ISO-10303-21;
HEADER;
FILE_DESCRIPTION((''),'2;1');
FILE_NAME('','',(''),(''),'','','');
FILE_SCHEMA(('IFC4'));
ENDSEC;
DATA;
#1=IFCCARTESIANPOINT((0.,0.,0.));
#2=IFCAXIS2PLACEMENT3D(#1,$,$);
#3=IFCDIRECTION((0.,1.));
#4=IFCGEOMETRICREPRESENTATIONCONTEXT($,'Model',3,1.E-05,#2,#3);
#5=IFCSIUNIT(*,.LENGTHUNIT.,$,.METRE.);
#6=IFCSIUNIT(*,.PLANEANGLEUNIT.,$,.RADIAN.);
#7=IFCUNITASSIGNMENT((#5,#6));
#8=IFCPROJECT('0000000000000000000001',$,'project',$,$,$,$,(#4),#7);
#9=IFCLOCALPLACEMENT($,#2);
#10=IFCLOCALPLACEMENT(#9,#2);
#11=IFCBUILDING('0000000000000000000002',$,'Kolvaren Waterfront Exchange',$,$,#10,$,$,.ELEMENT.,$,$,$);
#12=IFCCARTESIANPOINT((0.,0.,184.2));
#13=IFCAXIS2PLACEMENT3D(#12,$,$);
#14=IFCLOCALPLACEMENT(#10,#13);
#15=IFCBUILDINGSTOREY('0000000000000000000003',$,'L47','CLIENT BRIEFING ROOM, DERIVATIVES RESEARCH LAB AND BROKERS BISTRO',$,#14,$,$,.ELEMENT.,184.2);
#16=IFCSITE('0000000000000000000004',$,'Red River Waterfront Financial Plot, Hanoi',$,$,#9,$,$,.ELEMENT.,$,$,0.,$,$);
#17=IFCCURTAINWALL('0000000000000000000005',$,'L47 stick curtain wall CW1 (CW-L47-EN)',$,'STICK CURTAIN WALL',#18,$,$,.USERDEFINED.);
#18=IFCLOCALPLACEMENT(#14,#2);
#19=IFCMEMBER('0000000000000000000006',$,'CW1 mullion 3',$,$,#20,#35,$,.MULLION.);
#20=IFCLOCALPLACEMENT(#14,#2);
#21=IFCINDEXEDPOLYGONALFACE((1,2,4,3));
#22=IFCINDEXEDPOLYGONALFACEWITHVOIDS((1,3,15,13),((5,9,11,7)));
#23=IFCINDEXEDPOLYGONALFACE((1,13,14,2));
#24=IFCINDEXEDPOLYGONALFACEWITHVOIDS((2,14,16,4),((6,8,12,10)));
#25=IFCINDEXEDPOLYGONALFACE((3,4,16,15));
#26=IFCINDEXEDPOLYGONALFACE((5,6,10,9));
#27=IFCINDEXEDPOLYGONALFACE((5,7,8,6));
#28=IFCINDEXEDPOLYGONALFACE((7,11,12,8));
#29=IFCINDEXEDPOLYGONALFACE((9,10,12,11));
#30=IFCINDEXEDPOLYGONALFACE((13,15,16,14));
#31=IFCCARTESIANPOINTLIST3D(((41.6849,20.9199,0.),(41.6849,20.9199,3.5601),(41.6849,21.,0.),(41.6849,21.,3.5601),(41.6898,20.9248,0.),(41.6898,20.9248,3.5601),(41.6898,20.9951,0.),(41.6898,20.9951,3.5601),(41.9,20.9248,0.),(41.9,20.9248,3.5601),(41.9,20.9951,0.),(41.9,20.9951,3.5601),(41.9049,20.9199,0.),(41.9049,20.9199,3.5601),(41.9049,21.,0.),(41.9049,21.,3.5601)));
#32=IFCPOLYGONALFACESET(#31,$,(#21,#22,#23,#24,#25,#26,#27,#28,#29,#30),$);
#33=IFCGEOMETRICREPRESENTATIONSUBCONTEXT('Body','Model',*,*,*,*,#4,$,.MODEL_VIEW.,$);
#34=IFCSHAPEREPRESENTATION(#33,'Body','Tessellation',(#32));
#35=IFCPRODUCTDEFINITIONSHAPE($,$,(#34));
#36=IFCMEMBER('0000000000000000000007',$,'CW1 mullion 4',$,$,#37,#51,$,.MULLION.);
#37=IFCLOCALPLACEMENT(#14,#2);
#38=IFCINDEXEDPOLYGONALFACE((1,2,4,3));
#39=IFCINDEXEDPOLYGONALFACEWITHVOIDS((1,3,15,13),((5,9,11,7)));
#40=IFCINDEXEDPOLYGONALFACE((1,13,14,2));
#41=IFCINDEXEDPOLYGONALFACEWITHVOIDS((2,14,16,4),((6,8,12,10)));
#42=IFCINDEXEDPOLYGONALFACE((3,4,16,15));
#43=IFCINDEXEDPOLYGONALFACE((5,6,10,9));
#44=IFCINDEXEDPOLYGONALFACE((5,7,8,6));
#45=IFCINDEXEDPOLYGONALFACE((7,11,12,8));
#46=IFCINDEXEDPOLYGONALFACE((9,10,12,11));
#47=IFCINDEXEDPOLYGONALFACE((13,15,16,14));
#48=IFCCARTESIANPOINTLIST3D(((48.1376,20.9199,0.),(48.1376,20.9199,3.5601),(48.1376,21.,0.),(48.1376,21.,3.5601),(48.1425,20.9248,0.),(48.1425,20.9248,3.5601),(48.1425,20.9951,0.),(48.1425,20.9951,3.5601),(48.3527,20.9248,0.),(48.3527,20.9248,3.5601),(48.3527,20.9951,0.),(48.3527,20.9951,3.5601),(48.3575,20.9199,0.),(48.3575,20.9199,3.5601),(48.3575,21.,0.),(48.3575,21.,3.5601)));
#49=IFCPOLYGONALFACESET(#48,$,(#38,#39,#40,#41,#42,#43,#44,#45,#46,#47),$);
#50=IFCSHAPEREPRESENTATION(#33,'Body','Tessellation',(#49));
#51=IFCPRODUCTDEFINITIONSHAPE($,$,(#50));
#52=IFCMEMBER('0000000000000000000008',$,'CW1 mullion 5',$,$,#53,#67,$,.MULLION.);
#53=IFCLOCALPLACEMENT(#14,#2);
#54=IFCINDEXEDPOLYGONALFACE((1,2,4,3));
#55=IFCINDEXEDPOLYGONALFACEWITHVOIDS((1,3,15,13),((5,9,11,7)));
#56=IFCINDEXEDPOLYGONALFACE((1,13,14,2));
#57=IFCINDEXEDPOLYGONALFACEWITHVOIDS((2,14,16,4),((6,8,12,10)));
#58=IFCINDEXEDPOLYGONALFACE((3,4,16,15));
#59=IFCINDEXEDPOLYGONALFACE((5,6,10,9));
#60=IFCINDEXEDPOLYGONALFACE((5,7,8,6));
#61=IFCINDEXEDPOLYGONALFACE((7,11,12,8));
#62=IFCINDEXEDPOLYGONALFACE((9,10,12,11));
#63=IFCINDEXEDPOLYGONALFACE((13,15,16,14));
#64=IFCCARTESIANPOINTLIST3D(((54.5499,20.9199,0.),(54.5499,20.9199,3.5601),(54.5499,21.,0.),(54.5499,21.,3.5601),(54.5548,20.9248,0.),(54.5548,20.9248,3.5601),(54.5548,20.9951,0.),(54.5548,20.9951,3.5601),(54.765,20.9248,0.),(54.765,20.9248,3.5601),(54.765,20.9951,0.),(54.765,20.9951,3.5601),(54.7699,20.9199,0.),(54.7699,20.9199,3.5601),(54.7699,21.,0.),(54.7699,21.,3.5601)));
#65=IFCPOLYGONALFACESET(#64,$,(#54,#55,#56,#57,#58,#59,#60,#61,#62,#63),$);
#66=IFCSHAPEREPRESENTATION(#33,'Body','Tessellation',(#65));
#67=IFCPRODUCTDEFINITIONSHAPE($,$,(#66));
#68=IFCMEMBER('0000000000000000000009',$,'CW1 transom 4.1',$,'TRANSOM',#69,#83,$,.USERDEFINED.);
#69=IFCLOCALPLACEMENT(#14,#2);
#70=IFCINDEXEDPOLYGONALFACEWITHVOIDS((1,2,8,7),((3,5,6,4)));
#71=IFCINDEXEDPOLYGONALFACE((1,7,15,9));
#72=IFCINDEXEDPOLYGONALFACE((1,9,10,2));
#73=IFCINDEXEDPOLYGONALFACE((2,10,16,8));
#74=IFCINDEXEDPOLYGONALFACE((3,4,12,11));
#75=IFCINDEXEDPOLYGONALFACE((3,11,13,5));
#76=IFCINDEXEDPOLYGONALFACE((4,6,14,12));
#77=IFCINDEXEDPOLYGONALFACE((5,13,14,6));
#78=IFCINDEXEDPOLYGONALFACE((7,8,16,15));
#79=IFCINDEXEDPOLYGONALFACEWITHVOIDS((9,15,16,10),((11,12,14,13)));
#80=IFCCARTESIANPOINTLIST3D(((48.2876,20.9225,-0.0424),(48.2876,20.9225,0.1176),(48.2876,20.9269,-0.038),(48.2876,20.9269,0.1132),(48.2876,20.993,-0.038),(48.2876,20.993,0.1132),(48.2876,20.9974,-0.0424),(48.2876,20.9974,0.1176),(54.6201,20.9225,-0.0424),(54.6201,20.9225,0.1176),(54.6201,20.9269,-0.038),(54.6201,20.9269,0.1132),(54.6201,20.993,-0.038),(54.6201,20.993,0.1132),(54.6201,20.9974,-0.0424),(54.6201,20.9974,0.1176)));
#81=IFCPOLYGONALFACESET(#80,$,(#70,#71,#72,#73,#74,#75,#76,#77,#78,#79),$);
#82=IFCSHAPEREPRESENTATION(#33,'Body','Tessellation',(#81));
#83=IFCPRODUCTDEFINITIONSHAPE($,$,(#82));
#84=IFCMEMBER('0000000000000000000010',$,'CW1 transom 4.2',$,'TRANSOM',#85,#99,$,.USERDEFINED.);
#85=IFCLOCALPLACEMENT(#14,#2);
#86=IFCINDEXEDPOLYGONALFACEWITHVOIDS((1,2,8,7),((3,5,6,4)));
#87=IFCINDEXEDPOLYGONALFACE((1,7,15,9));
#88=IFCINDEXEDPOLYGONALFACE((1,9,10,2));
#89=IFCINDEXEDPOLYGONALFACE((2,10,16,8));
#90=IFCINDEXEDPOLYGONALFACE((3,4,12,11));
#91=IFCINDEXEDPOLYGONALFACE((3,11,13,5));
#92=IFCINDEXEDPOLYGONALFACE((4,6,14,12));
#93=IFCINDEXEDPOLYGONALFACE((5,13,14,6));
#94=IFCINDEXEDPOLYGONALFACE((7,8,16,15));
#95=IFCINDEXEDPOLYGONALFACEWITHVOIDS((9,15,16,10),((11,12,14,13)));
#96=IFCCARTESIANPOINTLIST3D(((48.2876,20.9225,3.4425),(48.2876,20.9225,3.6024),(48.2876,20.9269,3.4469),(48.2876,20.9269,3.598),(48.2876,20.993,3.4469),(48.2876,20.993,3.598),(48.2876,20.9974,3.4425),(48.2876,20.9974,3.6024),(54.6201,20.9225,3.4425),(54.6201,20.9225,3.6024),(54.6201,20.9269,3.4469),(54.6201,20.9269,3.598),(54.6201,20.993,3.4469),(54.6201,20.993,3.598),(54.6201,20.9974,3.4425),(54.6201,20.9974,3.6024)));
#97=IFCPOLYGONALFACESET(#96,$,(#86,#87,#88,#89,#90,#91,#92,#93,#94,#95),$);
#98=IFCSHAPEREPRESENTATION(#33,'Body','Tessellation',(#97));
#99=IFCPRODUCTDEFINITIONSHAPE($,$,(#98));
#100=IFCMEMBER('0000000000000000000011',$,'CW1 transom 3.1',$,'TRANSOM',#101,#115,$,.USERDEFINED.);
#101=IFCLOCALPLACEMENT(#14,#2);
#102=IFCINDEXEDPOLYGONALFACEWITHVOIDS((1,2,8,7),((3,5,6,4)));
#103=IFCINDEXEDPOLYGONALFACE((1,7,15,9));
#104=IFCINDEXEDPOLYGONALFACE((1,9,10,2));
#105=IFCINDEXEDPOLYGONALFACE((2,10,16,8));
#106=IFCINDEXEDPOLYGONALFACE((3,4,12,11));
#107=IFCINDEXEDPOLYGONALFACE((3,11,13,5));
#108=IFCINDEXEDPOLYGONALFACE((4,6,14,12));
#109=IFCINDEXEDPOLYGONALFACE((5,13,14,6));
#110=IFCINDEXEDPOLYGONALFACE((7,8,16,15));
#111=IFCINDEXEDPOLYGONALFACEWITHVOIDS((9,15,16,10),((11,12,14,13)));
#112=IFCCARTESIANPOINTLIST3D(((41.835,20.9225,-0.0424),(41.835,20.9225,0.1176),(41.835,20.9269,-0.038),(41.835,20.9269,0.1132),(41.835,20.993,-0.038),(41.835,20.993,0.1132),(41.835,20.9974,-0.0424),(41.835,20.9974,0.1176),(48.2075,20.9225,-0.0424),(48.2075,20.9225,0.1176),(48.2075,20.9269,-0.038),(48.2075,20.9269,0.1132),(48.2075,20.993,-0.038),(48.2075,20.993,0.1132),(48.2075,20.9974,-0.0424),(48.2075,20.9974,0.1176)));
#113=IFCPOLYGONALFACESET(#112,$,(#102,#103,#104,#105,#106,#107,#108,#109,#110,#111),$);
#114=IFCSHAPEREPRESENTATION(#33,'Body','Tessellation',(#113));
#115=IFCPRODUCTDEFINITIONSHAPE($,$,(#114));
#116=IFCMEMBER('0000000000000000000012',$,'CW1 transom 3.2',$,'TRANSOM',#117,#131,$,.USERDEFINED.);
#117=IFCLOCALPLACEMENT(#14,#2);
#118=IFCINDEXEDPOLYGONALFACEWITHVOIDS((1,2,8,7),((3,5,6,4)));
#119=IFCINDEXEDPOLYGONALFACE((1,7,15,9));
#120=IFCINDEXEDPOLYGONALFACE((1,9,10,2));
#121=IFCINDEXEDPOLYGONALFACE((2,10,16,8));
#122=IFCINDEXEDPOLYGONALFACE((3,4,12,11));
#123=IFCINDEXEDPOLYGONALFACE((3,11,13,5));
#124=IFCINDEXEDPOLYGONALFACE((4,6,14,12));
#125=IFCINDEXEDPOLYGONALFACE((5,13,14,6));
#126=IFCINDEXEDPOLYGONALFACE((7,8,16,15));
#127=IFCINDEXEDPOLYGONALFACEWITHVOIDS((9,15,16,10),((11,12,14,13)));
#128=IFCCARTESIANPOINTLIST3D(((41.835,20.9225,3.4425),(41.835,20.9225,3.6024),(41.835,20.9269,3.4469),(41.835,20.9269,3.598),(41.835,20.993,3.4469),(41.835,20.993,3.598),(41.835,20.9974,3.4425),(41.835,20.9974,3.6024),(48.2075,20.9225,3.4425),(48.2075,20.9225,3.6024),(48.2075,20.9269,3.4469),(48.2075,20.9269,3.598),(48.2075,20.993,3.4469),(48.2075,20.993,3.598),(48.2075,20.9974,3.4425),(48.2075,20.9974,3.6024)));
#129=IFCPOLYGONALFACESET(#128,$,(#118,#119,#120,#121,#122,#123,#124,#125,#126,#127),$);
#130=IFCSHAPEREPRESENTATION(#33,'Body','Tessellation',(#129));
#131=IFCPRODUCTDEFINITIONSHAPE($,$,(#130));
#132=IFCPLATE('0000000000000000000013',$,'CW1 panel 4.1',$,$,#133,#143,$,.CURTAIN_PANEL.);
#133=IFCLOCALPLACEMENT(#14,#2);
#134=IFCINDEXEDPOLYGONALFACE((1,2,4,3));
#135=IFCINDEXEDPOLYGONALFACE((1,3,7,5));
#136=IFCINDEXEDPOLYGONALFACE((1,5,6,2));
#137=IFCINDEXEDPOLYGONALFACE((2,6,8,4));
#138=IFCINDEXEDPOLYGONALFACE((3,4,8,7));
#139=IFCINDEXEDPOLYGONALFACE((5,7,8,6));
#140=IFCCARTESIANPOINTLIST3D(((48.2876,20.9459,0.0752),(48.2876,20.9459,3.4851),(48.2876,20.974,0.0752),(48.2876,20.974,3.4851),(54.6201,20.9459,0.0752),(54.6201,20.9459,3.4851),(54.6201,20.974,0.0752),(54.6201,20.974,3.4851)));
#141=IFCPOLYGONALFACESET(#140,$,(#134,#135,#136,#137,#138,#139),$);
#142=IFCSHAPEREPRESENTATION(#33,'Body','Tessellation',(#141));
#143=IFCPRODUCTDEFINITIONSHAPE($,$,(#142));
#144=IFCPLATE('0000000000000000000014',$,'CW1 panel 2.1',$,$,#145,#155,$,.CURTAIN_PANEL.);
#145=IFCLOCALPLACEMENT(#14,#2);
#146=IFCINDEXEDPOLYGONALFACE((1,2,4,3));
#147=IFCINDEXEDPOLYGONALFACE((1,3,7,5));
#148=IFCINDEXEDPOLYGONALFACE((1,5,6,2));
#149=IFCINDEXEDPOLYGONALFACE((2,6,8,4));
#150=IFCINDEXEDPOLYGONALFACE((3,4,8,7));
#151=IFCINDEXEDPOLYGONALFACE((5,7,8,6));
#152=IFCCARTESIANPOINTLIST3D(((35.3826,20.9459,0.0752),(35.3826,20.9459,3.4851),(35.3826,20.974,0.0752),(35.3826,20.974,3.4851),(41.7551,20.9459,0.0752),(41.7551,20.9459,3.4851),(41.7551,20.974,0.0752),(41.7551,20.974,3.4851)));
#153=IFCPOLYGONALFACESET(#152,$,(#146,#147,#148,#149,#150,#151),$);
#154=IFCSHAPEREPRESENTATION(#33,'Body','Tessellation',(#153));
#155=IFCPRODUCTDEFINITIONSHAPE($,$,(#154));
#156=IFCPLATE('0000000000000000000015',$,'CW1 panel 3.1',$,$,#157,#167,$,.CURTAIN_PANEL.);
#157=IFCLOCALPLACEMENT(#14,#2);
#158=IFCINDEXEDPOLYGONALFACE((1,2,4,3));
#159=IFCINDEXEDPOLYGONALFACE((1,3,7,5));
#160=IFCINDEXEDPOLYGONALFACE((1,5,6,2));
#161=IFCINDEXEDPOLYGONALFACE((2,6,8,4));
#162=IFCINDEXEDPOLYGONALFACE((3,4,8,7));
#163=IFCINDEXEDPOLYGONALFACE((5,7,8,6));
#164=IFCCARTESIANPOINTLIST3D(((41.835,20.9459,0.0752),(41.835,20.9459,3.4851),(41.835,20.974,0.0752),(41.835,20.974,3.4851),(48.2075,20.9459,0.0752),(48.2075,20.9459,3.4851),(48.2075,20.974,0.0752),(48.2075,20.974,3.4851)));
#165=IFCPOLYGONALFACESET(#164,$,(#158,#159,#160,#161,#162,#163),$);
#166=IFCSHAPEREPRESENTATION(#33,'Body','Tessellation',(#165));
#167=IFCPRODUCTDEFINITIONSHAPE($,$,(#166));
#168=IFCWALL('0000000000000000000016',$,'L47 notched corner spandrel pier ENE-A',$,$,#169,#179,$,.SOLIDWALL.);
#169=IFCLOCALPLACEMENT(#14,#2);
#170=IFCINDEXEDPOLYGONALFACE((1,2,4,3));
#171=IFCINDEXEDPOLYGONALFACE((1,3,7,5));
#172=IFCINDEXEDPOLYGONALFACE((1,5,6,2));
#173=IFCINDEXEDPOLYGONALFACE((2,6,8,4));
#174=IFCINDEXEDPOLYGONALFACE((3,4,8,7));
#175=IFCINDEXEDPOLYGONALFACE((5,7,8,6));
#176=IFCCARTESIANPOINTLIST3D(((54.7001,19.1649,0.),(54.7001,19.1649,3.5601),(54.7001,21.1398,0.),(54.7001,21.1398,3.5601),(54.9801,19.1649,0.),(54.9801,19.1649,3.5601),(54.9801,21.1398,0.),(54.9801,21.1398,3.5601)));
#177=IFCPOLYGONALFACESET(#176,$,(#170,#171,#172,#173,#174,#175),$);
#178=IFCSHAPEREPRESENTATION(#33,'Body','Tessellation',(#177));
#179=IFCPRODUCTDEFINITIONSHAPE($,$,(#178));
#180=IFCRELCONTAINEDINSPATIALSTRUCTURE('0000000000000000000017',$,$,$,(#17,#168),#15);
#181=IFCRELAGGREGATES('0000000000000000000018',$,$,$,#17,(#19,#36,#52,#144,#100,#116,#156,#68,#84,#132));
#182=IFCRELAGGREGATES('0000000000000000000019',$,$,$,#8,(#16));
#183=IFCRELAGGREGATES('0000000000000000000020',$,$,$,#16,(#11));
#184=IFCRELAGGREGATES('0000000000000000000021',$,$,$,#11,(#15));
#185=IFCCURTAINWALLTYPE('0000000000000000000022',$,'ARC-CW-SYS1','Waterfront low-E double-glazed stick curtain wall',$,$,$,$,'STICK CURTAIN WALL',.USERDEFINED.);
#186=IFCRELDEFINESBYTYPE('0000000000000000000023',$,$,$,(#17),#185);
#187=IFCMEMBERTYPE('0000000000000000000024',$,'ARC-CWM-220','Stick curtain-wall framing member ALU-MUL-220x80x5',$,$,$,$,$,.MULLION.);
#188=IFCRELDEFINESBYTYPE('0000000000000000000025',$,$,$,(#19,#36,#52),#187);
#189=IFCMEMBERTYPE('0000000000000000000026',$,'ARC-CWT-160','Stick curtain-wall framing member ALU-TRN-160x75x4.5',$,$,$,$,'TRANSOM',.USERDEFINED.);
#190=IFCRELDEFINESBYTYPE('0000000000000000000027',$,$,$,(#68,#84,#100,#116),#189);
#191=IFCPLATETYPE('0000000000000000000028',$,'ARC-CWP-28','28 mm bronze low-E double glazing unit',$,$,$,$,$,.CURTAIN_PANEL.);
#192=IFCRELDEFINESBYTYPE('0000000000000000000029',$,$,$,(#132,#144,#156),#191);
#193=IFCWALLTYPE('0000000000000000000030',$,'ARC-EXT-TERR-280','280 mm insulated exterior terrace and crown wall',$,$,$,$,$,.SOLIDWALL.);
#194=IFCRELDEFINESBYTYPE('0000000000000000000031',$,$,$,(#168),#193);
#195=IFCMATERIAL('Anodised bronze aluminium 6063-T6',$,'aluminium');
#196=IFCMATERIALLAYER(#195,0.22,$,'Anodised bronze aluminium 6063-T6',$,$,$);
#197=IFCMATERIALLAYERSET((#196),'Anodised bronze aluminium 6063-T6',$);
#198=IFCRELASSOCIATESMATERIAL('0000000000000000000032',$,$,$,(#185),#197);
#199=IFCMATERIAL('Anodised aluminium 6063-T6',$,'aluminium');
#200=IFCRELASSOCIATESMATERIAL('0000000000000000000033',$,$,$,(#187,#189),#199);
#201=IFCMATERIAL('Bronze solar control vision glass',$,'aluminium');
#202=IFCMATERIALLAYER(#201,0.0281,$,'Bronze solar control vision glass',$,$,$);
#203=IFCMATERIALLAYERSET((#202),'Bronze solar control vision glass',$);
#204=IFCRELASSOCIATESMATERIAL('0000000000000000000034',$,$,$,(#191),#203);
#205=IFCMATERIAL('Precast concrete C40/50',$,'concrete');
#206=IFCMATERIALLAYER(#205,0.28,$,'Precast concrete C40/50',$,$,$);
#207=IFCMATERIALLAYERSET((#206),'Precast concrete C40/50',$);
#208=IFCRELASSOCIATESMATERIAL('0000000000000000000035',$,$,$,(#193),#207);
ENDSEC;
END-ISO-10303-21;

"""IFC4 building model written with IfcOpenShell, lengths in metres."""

from ifc_helpers import new_model, si_unit, direction, frame, frame_2d, origin, origin_with_axes, origin_2d, place, context, subcontext, project, spatial, rectangle, hollow_rectangle, extrude, source, transform, mapped, material, layer, layer_set, material_profile, profile_set, type_object, element, aggregate, save


model = new_model("IFC4")

# Units and contexts
model_context = context("Model", 3, precision=1e-05, world=origin(), true_north=direction((0.0, 1.0)))
body_context = subcontext(model_context, "Body", "Model", "MODEL_VIEW")
ifc_project = project(units=[si_unit("LENGTHUNIT", "METRE"), si_unit("PLANEANGLEUNIT", "RADIAN")], contexts=[model_context])

# Site, building, storey
site_placement = place(None, origin())
site = spatial("IfcSite", under=ifc_project, at=site_placement, Name="Red River Waterfront Financial Plot, Hanoi", CompositionType="ELEMENT", RefElevation=0.0)
building_placement = place(site_placement, origin())
building = spatial("IfcBuilding", under=site, at=building_placement, Name="Kolvaren Waterfront Exchange", CompositionType="ELEMENT")
storey_placement = place(building_placement, frame((0.0, 0.0, 184.2)))
storey = spatial("IfcBuildingStorey", under=building, at=storey_placement, Name="L47", Description="CLIENT BRIEFING ROOM, DERIVATIVES RESEARCH LAB AND BROKERS BISTRO", CompositionType="ELEMENT", Elevation=184.2)

# Curtain wall, members, plates
ifc_material_1 = material(Name="Anodised bronze aluminium 6063-T6", Category="aluminium")
ifc_layer_1 = layer(ifc_material_1, 0.22, Name="Anodised bronze aluminium 6063-T6")
ifc_layer_set_1 = layer_set([ifc_layer_1], Name="Anodised bronze aluminium 6063-T6")
curtain_wall_type = type_object("IfcCurtainWallType", Name="ARC-CW-SYS1", Description="Waterfront low-E double-glazed stick curtain wall", ElementType="STICK CURTAIN WALL", PredefinedType="USERDEFINED", material=ifc_layer_set_1)
curtain_wall_placement = place(storey_placement, origin())
curtain_wall = element("IfcCurtainWall", 1, at=curtain_wall_placement, inside=storey, type_object=curtain_wall_type, Name="L47 stick curtain wall CW1 (CW-L47-EN)", ObjectType="STICK CURTAIN WALL", PredefinedType="USERDEFINED")
ifc_material_2 = material(Name="Anodised aluminium 6063-T6", Category="aluminium")
ifc_material_profile_1 = material_profile(ifc_material_2, hollow_rectangle(XDim=0.0801, YDim=0.22, WallThickness=0.0049, at=origin_2d()), Name="ALU-MUL-220x80x5")
ifc_profile_set_1 = profile_set([ifc_material_profile_1], Name="Anodised aluminium 6063-T6")
member_type_1 = type_object("IfcMemberType", Name="ARC-CWM-220", Description="Stick curtain-wall framing member ALU-MUL-220x80x5", PredefinedType="MULLION", material=ifc_profile_set_1)
shared_shape_1 = source(origin_with_axes(), body_context, "Body", "SweptSolid", [
    extrude(hollow_rectangle(XDim=0.0801, YDim=0.22, WallThickness=0.0049, at=origin_2d()), origin(), (0.0, 0.0, 1.0), 3.5601),
])
member_1_placement = place(storey_placement, frame((41.7949, 20.96, 0.0), z_axis=(0.0, 0.0, 1.0), x_axis=(0.0, 1.0, 0.0)))
member_1 = element("IfcMember", 2, at=member_1_placement, type_object=member_type_1, Name="CW1 mullion 3", PredefinedType="MULLION", context=body_context, shape_type="MappedRepresentation", body=[
    mapped(shared_shape_1, transform((0.0, 0.0, 0.0), x_axis=(1.0, 0.0, 0.0), y_axis=(0.0, 1.0, 0.0), z_axis=(0.0, 0.0, 1.0), scale=1.0)),
])
member_2_placement = place(storey_placement, frame((48.2476, 20.96, 0.0), z_axis=(0.0, 0.0, 1.0), x_axis=(0.0, 1.0, 0.0)))
member_2 = element("IfcMember", 3, at=member_2_placement, type_object=member_type_1, Name="CW1 mullion 4", PredefinedType="MULLION", context=body_context, shape_type="MappedRepresentation", body=[
    mapped(shared_shape_1, transform((0.0, 0.0, 0.0), x_axis=(1.0, 0.0, 0.0), y_axis=(0.0, 1.0, 0.0), z_axis=(0.0, 0.0, 1.0), scale=1.0)),
])
member_3_placement = place(storey_placement, frame((54.6599, 20.96, 0.0), z_axis=(0.0, 0.0, 1.0), x_axis=(0.0, 1.0, 0.0)))
member_3 = element("IfcMember", 4, at=member_3_placement, type_object=member_type_1, Name="CW1 mullion 5", PredefinedType="MULLION", context=body_context, shape_type="MappedRepresentation", body=[
    mapped(shared_shape_1, transform((0.0, 0.0, 0.0), x_axis=(1.0, 0.0, 0.0), y_axis=(0.0, 1.0, 0.0), z_axis=(0.0, 0.0, 1.0), scale=1.0)),
])
ifc_material_profile_2 = material_profile(ifc_material_2, hollow_rectangle(XDim=0.075, YDim=0.1599, WallThickness=0.0044, at=origin_2d()), Name="ALU-TRN-160x75x4.5")
ifc_profile_set_2 = profile_set([ifc_material_profile_2], Name="Anodised aluminium 6063-T6")
member_type_2 = type_object("IfcMemberType", Name="ARC-CWT-160", Description="Stick curtain-wall framing member ALU-TRN-160x75x4.5", ElementType="TRANSOM", PredefinedType="USERDEFINED", material=ifc_profile_set_2)
shared_shape_2 = source(origin_with_axes(), body_context, "Body", "SweptSolid", [
    extrude(hollow_rectangle(XDim=0.075, YDim=0.1599, WallThickness=0.0044, at=origin_2d()), origin(), (0.0, 0.0, 1.0), 6.3325),
])
member_4_placement = place(storey_placement, frame((48.2876, 20.96, 0.0376), z_axis=(1.0, 0.0, 0.0), x_axis=(0.0, 1.0, 0.0)))
member_4 = element("IfcMember", 5, at=member_4_placement, type_object=member_type_2, Name="CW1 transom 4.1", ObjectType="TRANSOM", PredefinedType="USERDEFINED", context=body_context, shape_type="MappedRepresentation", body=[
    mapped(shared_shape_2, transform((0.0, 0.0, 0.0), x_axis=(1.0, 0.0, 0.0), y_axis=(0.0, 1.0, 0.0), z_axis=(0.0, 0.0, 1.0), scale=1.0)),
])
member_5_placement = place(storey_placement, frame((48.2876, 20.96, 3.5225), z_axis=(1.0, 0.0, 0.0), x_axis=(0.0, 1.0, 0.0)))
member_5 = element("IfcMember", 6, at=member_5_placement, type_object=member_type_2, Name="CW1 transom 4.2", ObjectType="TRANSOM", PredefinedType="USERDEFINED", context=body_context, shape_type="MappedRepresentation", body=[
    mapped(shared_shape_2, transform((0.0, 0.0, 0.0), x_axis=(1.0, 0.0, 0.0), y_axis=(0.0, 1.0, 0.0), z_axis=(0.0, 0.0, 1.0), scale=1.0)),
])
shared_shape_3 = source(origin_with_axes(), body_context, "Body", "SweptSolid", [
    extrude(hollow_rectangle(XDim=0.075, YDim=0.1599, WallThickness=0.0044, at=origin_2d()), origin(), (0.0, 0.0, 1.0), 6.3726),
])
member_6_placement = place(storey_placement, frame((41.835, 20.96, 0.0376), z_axis=(1.0, 0.0, 0.0), x_axis=(0.0, 1.0, 0.0)))
member_6 = element("IfcMember", 7, at=member_6_placement, type_object=member_type_2, Name="CW1 transom 3.1", ObjectType="TRANSOM", PredefinedType="USERDEFINED", context=body_context, shape_type="MappedRepresentation", body=[
    mapped(shared_shape_3, transform((0.0, 0.0, 0.0), x_axis=(1.0, 0.0, 0.0), y_axis=(0.0, 1.0, 0.0), z_axis=(0.0, 0.0, 1.0), scale=1.0)),
])
member_7_placement = place(storey_placement, frame((41.835, 20.96, 3.5225), z_axis=(1.0, 0.0, 0.0), x_axis=(0.0, 1.0, 0.0)))
member_7 = element("IfcMember", 8, at=member_7_placement, type_object=member_type_2, Name="CW1 transom 3.2", ObjectType="TRANSOM", PredefinedType="USERDEFINED", context=body_context, shape_type="MappedRepresentation", body=[
    mapped(shared_shape_3, transform((0.0, 0.0, 0.0), x_axis=(1.0, 0.0, 0.0), y_axis=(0.0, 1.0, 0.0), z_axis=(0.0, 0.0, 1.0), scale=1.0)),
])
ifc_material_3 = material(Name="Bronze solar control vision glass", Category="aluminium")
ifc_layer_2 = layer(ifc_material_3, 0.0281, Name="Bronze solar control vision glass")
ifc_layer_set_2 = layer_set([ifc_layer_2], Name="Bronze solar control vision glass")
plate_type = type_object("IfcPlateType", Name="ARC-CWP-28", Description="28 mm bronze low-E double glazing unit", PredefinedType="CURTAIN_PANEL", material=ifc_layer_set_2)
shared_shape_4 = source(origin_with_axes(), body_context, "Body", "SweptSolid", [
    extrude(rectangle(XDim=6.3325, YDim=0.0281, at=origin_2d()), origin(), (0.0, 0.0, 1.0), 3.4099),
])
plate_1_placement = place(storey_placement, frame((51.4539, 20.96, 0.0752), z_axis=(0.0, 0.0, 1.0), x_axis=(1.0, 0.0, 0.0)))
plate_1 = element("IfcPlate", 9, at=plate_1_placement, type_object=plate_type, Name="CW1 panel 4.1", PredefinedType="CURTAIN_PANEL", context=body_context, shape_type="MappedRepresentation", body=[
    mapped(shared_shape_4, transform((0.0, 0.0, 0.0), x_axis=(1.0, 0.0, 0.0), y_axis=(0.0, 1.0, 0.0), z_axis=(0.0, 0.0, 1.0), scale=1.0)),
])
shared_shape_5 = source(origin_with_axes(), body_context, "Body", "SweptSolid", [
    extrude(rectangle(XDim=6.3726, YDim=0.0281, at=origin_2d()), origin(), (0.0, 0.0, 1.0), 3.4099),
])
plate_2_placement = place(storey_placement, frame((38.5688, 20.96, 0.0752), z_axis=(0.0, 0.0, 1.0), x_axis=(1.0, 0.0, 0.0)))
plate_2 = element("IfcPlate", 10, at=plate_2_placement, type_object=plate_type, Name="CW1 panel 2.1", PredefinedType="CURTAIN_PANEL", context=body_context, shape_type="MappedRepresentation", body=[
    mapped(shared_shape_5, transform((0.0, 0.0, 0.0), x_axis=(1.0, 0.0, 0.0), y_axis=(0.0, 1.0, 0.0), z_axis=(0.0, 0.0, 1.0), scale=1.0)),
])
plate_3_placement = place(storey_placement, frame((45.0212, 20.96, 0.0752), z_axis=(0.0, 0.0, 1.0), x_axis=(1.0, 0.0, 0.0)))
plate_3 = element("IfcPlate", 11, at=plate_3_placement, type_object=plate_type, Name="CW1 panel 3.1", PredefinedType="CURTAIN_PANEL", context=body_context, shape_type="MappedRepresentation", body=[
    mapped(shared_shape_5, transform((0.0, 0.0, 0.0), x_axis=(1.0, 0.0, 0.0), y_axis=(0.0, 1.0, 0.0), z_axis=(0.0, 0.0, 1.0), scale=1.0)),
])
aggregate(curtain_wall, [member_1, member_2, member_3, plate_2, member_6, member_7, plate_3, member_4, member_5, plate_1])

# Wall
ifc_material_4 = material(Name="Precast concrete C40/50", Category="concrete")
ifc_layer_3 = layer(ifc_material_4, 0.28, Name="Precast concrete C40/50")
ifc_layer_set_3 = layer_set([ifc_layer_3], Name="Precast concrete C40/50")
wall_type_1 = type_object("IfcWallType", Name="ARC-EXT-TERR-280", Description="280 mm insulated exterior terrace and crown wall", PredefinedType="SOLIDWALL", material=ifc_layer_set_3)
wall_1_placement = place(storey_placement, frame((54.8401, 19.165, 0.0), z_axis=(0.0, 0.0, 1.0), x_axis=(0.0, 1.0, 0.0)))
element("IfcWall", 12, at=wall_1_placement, inside=storey, type_object=wall_type_1, Name="L47 notched corner spandrel pier ENE-A", PredefinedType="SOLIDWALL", context=body_context, shape_type="SweptSolid", body=[
    extrude(rectangle(XDim=1.9749, YDim=0.28, at=frame_2d((0.9873, 0.0))), origin(), (0.0, 0.0, 1.0), 3.5601),
])

save(model, "model.ifc")
